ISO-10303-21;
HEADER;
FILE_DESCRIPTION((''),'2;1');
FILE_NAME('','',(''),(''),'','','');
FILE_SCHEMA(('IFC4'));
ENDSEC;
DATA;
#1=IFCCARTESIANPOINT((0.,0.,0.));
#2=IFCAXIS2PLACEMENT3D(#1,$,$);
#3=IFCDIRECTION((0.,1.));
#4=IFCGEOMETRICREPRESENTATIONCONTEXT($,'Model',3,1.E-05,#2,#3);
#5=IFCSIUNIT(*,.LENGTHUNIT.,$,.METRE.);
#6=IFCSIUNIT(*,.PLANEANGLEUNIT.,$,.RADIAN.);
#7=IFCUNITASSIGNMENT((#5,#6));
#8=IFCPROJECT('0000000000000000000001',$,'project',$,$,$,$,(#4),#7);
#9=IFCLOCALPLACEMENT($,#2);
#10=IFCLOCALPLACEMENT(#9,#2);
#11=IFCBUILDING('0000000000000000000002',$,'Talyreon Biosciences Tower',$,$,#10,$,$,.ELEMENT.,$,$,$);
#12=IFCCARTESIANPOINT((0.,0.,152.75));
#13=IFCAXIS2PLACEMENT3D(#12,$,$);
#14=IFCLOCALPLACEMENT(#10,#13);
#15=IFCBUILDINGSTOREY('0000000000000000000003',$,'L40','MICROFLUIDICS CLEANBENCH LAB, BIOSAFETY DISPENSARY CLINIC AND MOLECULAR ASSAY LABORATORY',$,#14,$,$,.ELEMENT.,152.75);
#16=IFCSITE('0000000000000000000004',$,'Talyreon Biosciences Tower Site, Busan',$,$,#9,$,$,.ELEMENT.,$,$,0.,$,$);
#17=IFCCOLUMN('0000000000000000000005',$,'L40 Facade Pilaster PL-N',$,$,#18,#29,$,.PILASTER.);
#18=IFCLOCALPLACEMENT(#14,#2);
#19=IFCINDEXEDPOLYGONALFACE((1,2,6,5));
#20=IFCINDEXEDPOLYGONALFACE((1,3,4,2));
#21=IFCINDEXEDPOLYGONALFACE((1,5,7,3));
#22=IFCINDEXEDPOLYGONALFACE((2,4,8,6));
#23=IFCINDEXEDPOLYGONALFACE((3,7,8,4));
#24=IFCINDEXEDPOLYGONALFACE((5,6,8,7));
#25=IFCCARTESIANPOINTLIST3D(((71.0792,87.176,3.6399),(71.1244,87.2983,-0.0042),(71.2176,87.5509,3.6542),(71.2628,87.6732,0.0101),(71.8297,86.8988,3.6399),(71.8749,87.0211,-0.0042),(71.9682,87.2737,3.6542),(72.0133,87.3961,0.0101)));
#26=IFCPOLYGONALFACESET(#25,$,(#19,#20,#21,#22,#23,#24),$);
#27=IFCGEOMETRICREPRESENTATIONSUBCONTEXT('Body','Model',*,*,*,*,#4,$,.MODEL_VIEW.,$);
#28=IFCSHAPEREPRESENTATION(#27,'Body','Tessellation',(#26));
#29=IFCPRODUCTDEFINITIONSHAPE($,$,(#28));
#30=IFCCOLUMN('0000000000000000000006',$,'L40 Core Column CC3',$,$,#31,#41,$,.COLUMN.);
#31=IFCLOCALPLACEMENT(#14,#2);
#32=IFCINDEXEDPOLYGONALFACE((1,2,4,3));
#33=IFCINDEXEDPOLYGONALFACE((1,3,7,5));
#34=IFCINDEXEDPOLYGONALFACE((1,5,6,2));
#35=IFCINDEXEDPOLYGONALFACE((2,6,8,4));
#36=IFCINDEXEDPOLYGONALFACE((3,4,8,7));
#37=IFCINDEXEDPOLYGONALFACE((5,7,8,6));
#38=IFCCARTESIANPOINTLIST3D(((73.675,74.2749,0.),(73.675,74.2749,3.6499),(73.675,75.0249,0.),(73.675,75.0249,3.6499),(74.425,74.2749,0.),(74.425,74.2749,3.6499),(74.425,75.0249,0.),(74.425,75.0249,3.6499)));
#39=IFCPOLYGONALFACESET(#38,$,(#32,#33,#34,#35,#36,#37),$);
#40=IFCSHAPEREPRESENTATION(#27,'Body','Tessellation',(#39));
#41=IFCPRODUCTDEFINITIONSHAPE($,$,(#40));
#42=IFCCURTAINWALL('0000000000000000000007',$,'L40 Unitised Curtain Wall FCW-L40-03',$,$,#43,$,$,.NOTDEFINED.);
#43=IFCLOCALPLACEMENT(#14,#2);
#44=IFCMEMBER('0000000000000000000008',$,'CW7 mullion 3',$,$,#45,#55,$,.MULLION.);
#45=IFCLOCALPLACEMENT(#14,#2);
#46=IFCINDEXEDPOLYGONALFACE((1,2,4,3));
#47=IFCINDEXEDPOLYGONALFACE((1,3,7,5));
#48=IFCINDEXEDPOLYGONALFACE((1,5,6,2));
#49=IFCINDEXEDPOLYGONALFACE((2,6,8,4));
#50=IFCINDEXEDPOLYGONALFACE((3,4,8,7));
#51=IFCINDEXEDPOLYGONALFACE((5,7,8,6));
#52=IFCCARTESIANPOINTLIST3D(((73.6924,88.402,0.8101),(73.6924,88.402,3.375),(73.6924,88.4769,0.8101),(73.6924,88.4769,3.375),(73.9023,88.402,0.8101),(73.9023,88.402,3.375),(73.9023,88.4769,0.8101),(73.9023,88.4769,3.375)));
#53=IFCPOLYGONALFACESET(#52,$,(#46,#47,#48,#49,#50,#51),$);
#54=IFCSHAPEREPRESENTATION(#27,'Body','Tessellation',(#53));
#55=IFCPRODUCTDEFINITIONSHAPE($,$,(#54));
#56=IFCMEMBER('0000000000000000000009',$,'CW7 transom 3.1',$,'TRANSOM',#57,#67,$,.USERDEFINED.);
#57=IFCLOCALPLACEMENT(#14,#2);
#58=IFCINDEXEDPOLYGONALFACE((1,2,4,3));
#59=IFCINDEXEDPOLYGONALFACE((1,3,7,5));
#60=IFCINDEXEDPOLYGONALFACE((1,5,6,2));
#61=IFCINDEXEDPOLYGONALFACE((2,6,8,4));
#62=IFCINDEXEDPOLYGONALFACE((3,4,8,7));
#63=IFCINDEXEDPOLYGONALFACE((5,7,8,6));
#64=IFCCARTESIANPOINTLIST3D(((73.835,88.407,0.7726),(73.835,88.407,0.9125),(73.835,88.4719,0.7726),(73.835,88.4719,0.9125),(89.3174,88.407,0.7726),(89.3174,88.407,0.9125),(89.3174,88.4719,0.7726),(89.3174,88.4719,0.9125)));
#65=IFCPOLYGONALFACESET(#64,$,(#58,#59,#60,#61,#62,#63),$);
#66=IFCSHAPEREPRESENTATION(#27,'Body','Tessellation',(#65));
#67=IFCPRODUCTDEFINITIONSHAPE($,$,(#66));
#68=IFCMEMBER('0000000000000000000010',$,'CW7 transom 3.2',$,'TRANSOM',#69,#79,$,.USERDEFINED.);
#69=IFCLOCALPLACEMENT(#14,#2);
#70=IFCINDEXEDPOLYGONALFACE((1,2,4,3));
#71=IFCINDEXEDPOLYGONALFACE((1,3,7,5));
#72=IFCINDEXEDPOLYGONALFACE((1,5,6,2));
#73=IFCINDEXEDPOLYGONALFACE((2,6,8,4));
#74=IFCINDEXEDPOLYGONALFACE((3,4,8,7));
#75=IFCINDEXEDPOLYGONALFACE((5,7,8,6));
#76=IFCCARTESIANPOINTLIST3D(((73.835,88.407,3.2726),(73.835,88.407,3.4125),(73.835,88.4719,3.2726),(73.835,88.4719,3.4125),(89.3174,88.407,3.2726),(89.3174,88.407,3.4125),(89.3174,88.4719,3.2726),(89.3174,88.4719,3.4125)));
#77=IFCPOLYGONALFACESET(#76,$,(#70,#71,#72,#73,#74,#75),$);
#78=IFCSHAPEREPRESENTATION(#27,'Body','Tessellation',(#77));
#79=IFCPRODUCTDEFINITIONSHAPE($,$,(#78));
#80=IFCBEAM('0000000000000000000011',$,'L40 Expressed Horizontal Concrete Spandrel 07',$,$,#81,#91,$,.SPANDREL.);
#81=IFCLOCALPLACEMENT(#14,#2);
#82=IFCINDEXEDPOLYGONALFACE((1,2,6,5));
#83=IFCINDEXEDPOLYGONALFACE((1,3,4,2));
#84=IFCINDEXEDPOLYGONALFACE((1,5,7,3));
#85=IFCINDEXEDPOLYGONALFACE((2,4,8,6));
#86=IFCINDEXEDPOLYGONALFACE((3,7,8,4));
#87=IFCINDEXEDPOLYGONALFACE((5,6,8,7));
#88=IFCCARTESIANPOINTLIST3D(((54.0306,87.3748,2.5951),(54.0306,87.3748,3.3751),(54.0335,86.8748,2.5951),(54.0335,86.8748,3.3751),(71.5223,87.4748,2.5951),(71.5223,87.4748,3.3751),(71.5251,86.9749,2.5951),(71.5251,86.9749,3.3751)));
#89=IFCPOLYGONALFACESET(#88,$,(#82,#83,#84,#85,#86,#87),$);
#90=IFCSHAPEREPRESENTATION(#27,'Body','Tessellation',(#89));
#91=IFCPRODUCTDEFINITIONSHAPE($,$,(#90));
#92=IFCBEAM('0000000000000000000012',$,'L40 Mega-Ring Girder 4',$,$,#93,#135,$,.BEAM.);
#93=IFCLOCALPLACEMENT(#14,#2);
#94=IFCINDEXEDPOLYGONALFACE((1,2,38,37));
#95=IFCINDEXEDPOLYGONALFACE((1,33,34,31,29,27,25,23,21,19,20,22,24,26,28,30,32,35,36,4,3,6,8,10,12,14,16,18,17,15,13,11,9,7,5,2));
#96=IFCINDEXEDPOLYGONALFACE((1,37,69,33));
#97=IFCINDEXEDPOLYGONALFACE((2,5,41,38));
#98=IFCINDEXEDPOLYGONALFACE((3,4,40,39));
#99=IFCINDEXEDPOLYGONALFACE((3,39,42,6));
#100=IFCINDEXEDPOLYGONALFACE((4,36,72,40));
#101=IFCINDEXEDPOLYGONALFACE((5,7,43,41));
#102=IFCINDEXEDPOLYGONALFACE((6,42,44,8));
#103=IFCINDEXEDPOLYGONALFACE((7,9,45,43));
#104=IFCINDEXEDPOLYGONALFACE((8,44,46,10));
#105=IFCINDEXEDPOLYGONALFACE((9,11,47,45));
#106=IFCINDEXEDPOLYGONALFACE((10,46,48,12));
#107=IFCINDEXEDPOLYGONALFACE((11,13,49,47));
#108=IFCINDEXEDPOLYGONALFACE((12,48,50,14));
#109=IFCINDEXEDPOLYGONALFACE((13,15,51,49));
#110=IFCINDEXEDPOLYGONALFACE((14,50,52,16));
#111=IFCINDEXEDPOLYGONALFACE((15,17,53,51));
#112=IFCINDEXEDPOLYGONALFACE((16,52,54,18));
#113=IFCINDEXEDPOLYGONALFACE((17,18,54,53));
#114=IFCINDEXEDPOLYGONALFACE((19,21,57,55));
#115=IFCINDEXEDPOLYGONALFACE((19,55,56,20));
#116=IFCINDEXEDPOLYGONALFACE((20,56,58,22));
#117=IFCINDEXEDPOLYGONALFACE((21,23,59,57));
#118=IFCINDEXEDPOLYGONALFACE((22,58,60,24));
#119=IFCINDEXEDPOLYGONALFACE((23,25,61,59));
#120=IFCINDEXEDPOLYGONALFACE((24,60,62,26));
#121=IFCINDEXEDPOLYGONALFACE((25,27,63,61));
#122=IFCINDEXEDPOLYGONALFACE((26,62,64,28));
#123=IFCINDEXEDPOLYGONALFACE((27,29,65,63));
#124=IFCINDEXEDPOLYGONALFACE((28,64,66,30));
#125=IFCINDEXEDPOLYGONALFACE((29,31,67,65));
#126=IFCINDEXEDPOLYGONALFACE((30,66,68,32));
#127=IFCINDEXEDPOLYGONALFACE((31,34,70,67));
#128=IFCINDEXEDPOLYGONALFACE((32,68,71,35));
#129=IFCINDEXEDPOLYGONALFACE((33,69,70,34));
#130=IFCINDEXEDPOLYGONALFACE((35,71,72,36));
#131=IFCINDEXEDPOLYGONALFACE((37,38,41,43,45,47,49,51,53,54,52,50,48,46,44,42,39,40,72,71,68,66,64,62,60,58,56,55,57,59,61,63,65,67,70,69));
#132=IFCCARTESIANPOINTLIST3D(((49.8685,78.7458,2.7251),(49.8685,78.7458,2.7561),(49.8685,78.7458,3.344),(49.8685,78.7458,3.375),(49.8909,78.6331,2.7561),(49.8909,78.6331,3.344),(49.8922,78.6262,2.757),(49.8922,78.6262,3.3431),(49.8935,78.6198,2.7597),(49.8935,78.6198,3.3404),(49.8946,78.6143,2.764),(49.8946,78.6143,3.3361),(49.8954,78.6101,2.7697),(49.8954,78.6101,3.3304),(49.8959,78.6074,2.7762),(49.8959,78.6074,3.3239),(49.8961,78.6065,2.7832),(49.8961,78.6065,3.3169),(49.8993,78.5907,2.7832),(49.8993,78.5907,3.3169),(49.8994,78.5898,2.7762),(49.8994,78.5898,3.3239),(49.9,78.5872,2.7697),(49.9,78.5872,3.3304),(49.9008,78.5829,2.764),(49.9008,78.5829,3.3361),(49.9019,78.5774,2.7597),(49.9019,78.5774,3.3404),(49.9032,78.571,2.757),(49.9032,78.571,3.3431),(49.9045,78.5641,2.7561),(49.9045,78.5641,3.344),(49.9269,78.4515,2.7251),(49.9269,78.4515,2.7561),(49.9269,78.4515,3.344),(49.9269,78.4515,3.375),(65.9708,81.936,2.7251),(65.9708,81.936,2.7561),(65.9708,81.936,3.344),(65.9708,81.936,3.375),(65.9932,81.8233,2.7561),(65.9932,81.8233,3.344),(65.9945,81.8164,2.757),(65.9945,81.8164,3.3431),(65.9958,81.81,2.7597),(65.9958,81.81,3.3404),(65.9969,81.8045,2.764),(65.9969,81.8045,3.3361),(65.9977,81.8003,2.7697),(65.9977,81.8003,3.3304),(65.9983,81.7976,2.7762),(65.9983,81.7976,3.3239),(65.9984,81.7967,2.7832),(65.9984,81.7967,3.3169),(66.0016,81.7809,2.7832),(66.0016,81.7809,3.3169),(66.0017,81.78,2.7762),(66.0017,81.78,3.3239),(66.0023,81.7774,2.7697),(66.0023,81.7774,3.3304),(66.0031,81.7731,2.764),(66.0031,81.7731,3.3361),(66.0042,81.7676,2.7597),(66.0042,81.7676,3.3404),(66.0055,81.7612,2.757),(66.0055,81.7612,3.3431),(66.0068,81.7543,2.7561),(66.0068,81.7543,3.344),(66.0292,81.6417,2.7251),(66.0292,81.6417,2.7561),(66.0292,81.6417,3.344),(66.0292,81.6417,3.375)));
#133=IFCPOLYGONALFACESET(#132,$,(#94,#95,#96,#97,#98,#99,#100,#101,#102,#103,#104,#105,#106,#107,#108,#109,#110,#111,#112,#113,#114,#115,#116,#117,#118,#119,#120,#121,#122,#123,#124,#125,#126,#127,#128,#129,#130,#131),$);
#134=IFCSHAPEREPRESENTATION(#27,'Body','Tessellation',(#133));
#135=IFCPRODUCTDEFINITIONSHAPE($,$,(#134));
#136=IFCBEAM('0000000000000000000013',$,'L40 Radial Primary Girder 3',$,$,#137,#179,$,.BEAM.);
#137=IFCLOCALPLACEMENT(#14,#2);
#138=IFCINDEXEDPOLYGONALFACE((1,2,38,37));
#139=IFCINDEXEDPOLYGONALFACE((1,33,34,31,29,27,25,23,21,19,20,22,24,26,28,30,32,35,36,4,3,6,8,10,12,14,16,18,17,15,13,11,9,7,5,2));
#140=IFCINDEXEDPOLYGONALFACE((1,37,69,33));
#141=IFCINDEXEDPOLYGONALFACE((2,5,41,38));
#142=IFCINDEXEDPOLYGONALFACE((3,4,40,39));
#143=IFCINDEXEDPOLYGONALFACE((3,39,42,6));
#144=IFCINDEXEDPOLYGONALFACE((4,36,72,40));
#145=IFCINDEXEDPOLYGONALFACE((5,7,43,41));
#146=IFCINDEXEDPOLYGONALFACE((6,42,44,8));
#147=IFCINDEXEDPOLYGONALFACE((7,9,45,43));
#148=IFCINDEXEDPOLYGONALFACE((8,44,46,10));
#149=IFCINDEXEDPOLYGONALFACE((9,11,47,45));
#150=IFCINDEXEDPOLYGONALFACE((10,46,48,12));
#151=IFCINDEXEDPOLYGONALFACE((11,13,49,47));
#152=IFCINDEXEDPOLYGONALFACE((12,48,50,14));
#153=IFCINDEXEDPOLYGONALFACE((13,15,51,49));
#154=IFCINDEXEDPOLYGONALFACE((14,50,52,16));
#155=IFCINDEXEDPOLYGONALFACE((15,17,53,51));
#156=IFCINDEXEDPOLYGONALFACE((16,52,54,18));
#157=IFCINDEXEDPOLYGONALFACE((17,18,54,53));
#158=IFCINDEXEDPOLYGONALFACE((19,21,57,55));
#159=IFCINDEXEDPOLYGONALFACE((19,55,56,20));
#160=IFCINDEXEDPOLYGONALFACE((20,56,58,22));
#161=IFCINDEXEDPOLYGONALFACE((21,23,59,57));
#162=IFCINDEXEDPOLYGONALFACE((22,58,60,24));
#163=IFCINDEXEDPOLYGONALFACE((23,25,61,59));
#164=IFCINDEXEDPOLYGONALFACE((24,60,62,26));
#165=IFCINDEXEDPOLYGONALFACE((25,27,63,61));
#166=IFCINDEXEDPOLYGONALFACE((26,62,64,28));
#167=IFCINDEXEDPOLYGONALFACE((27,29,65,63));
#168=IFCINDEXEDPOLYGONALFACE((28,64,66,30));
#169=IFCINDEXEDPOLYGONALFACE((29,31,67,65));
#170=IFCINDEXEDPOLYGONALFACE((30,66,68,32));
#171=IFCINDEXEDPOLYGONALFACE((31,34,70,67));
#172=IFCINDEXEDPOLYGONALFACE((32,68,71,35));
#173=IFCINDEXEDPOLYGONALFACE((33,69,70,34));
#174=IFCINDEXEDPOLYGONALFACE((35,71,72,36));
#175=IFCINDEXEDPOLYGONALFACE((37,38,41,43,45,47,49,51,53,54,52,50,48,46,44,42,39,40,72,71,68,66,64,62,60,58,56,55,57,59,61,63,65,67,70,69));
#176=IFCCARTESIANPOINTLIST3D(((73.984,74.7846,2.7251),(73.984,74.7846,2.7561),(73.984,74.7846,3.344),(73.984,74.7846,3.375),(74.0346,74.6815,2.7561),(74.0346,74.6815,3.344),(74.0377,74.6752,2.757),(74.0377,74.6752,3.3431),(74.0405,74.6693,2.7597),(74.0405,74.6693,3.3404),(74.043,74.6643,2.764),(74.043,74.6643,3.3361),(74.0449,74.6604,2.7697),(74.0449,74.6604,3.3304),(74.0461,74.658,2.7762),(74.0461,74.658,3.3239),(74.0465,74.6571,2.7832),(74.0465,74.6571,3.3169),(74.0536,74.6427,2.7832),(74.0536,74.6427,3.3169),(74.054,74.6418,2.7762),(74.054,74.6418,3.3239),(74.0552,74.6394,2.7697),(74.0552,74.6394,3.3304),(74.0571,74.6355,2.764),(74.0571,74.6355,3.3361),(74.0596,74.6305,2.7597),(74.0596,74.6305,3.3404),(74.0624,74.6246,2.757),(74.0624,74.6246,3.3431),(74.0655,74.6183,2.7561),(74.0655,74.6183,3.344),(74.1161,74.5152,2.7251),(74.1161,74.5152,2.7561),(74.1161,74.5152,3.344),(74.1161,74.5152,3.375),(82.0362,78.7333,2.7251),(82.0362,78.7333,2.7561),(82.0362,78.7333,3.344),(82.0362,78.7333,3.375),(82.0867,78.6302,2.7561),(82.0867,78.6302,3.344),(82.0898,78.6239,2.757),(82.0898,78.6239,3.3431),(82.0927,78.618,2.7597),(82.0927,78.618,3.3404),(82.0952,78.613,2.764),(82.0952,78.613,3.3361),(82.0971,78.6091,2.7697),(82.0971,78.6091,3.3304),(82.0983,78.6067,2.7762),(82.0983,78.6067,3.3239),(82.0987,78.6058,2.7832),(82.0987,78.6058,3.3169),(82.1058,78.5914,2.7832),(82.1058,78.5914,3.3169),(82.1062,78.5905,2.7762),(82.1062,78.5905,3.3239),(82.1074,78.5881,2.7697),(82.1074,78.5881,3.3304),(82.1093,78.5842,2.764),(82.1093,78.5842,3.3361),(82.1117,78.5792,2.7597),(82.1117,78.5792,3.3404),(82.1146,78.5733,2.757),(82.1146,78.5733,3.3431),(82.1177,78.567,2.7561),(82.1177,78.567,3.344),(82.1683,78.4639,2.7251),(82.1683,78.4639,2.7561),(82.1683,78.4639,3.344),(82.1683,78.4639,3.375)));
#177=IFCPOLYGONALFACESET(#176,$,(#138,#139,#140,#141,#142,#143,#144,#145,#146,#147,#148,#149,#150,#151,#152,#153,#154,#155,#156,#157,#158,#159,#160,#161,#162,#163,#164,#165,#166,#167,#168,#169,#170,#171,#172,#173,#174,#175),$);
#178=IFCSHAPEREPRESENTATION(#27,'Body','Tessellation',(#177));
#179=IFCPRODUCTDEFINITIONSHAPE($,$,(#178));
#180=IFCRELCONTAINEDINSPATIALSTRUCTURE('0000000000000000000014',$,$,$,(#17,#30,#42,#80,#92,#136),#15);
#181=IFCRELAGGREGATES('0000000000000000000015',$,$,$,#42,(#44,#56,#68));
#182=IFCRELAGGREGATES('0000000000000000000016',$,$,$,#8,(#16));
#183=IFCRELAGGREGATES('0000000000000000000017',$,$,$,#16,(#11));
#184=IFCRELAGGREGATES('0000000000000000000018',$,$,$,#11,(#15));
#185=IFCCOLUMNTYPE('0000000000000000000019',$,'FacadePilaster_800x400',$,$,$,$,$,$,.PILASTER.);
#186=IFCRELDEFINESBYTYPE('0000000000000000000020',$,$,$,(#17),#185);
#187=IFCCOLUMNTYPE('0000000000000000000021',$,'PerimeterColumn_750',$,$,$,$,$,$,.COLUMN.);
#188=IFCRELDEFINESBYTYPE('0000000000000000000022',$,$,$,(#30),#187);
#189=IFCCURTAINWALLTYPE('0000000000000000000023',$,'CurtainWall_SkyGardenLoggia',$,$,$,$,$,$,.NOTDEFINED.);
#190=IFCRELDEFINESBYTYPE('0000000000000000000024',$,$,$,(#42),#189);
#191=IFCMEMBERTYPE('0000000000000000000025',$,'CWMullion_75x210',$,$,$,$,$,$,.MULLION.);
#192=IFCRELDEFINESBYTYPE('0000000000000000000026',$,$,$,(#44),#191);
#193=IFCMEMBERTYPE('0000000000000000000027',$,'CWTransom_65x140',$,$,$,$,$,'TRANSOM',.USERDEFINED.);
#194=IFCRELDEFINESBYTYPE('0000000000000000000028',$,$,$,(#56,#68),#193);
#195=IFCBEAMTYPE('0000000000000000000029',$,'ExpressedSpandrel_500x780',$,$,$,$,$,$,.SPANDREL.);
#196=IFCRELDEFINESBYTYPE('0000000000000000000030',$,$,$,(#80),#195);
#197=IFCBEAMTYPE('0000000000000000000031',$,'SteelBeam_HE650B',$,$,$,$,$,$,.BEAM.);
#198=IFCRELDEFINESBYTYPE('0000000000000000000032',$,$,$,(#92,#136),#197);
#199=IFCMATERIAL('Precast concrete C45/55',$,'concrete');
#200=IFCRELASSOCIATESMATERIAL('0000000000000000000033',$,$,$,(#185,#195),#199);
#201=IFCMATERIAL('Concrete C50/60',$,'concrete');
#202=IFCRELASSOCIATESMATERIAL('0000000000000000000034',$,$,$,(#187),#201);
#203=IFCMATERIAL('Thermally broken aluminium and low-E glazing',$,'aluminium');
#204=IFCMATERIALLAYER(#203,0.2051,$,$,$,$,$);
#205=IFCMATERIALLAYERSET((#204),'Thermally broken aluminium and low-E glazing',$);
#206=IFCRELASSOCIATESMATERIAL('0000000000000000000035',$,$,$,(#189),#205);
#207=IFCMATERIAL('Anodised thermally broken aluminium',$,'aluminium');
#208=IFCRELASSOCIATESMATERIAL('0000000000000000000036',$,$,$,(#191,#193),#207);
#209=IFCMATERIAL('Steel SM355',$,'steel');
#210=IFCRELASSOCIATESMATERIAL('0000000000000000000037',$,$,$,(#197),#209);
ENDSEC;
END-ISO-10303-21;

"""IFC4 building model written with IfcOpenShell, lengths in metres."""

from ifc_helpers import new_model, si_unit, direction, frame, origin, origin_2d, place, context, subcontext, project, spatial, rectangle, i_section, extrude, material, layer, layer_set, material_profile, profile_set, type_object, element, aggregate, save


model = new_model("IFC4")

# Units and contexts
model_context = context("Model", 3, precision=1e-05, world=origin(), true_north=direction((0.0, 1.0)))
body_context = subcontext(model_context, "Body", "Model", "MODEL_VIEW")
ifc_project = project(units=[si_unit("LENGTHUNIT", "METRE"), si_unit("PLANEANGLEUNIT", "RADIAN")], contexts=[model_context])

# Site, building, storey
site_placement = place(None, origin())
site = spatial("IfcSite", under=ifc_project, at=site_placement, Name="Talyreon Biosciences Tower Site, Busan", CompositionType="ELEMENT", RefElevation=0.0)
building_placement = place(site_placement, origin())
building = spatial("IfcBuilding", under=site, at=building_placement, Name="Talyreon Biosciences Tower", CompositionType="ELEMENT")
storey_placement = place(building_placement, frame((0.0, 0.0, 152.75)))
storey = spatial("IfcBuildingStorey", under=building, at=storey_placement, Name="L40", Description="MICROFLUIDICS CLEANBENCH LAB, BIOSAFETY DISPENSARY CLINIC AND MOLECULAR ASSAY LABORATORY", CompositionType="ELEMENT", Elevation=152.75)

# Columns
ifc_material_1 = material(Name="Precast concrete C45/55", Category="concrete")
ifc_material_profile_1 = material_profile(ifc_material_1, rectangle(XDim=0.8, YDim=0.3999, at=origin_2d()), Name="RC 800x400")
ifc_profile_set_1 = profile_set([ifc_material_profile_1], Name="Precast concrete C45/55")
column_type_1 = type_object("IfcColumnType", Name="FacadePilaster_800x400", PredefinedType="PILASTER", material=ifc_profile_set_1)
column_1_placement = place(storey_placement, frame((71.5688, 87.3472, 0.0029), z_axis=(-0.012387, -0.033544, 0.99936), x_axis=(-0.938087, 0.346399, 0.0)))
element("IfcColumn", 1, at=column_1_placement, inside=storey, type_object=column_type_1, Name="L40 Facade Pilaster PL-N", PredefinedType="PILASTER", context=body_context, shape_type="SweptSolid", body=[
    extrude(rectangle(XDim=0.8, YDim=0.3999, at=origin_2d()), origin(), (0.0, 0.0, 1.0), 3.6465),
])
ifc_material_2 = material(Name="Concrete C50/60", Category="concrete")
ifc_material_profile_2 = material_profile(ifc_material_2, rectangle(XDim=0.75, YDim=0.75, at=origin_2d()), Name="RC 750x750")
ifc_profile_set_2 = profile_set([ifc_material_profile_2], Name="Concrete C50/60")
column_type_2 = type_object("IfcColumnType", Name="PerimeterColumn_750", PredefinedType="COLUMN", material=ifc_profile_set_2)
column_2_placement = place(storey_placement, frame((74.05, 74.6499, 0.0), z_axis=(0.0, 0.0, 1.0), x_axis=(1.0, 0.0, 0.0)))
element("IfcColumn", 2, at=column_2_placement, inside=storey, type_object=column_type_2, Name="L40 Core Column CC3", PredefinedType="COLUMN", context=body_context, shape_type="SweptSolid", body=[
    extrude(rectangle(XDim=0.75, YDim=0.75, at=origin_2d()), origin(), (0.0, 0.0, 1.0), 3.6499),
])

# Curtain wall, members
ifc_material_3 = material(Name="Thermally broken aluminium and low-E glazing", Category="aluminium")
ifc_layer_1 = layer(ifc_material_3, 0.2051)
ifc_layer_set_1 = layer_set([ifc_layer_1], Name="Thermally broken aluminium and low-E glazing")
curtain_wall_type = type_object("IfcCurtainWallType", Name="CurtainWall_SkyGardenLoggia", PredefinedType="NOTDEFINED", material=ifc_layer_set_1)
curtain_wall_placement = place(storey_placement, origin())
curtain_wall = element("IfcCurtainWall", 3, at=curtain_wall_placement, inside=storey, type_object=curtain_wall_type, Name="L40 Unitised Curtain Wall FCW-L40-03", PredefinedType="NOTDEFINED")
ifc_material_4 = material(Name="Anodised thermally broken aluminium", Category="aluminium")
ifc_material_profile_3 = material_profile(ifc_material_4, rectangle(XDim=0.075, YDim=0.21, at=origin_2d()), Name="ALUM MULLION 75x210")
ifc_profile_set_3 = profile_set([ifc_material_profile_3], Name="Anodised thermally broken aluminium")
member_type_1 = type_object("IfcMemberType", Name="CWMullion_75x210", PredefinedType="MULLION", material=ifc_profile_set_3)
member_1_placement = place(storey_placement, frame((73.7974, 88.4395, 0.8101), z_axis=(0.0, 0.0, 1.0), x_axis=(0.0, 1.0, 0.0)))
member_1 = element("IfcMember", 4, at=member_1_placement, type_object=member_type_1, Name="CW7 mullion 3", PredefinedType="MULLION", context=body_context, shape_type="SweptSolid", body=[
    extrude(rectangle(XDim=0.075, YDim=0.21, at=origin_2d()), origin(), (0.0, 0.0, 1.0), 2.5649),
])
ifc_material_profile_4 = material_profile(ifc_material_4, rectangle(XDim=0.0649, YDim=0.1399, at=origin_2d()), Name="ALUM TRANSOM 65x140")
ifc_profile_set_4 = profile_set([ifc_material_profile_4], Name="Anodised thermally broken aluminium")
member_type_2 = type_object("IfcMemberType", Name="CWTransom_65x140", ElementType="TRANSOM", PredefinedType="USERDEFINED", material=ifc_profile_set_4)
member_2_placement = place(storey_placement, frame((73.835, 88.4395, 0.8425), z_axis=(1.0, 0.0, 0.0), x_axis=(0.0, 1.0, 0.0)))
member_2 = element("IfcMember", 5, at=member_2_placement, type_object=member_type_2, Name="CW7 transom 3.1", ObjectType="TRANSOM", PredefinedType="USERDEFINED", context=body_context, shape_type="SweptSolid", body=[
    extrude(rectangle(XDim=0.0649, YDim=0.1399, at=origin_2d()), origin(), (0.0, 0.0, 1.0), 15.4824),
])
member_3_placement = place(storey_placement, frame((73.835, 88.4395, 3.3425), z_axis=(1.0, 0.0, 0.0), x_axis=(0.0, 1.0, 0.0)))
member_3 = element("IfcMember", 6, at=member_3_placement, type_object=member_type_2, Name="CW7 transom 3.2", ObjectType="TRANSOM", PredefinedType="USERDEFINED", context=body_context, shape_type="SweptSolid", body=[
    extrude(rectangle(XDim=0.0649, YDim=0.1399, at=origin_2d()), origin(), (0.0, 0.0, 1.0), 15.4824),
])

# Beams
ifc_material_profile_5 = material_profile(ifc_material_1, rectangle(XDim=0.5, YDim=0.78, at=origin_2d()), Name="RCB 500x780")
ifc_profile_set_5 = profile_set([ifc_material_profile_5], Name="Precast concrete C45/55")
beam_type_1 = type_object("IfcBeamType", Name="ExpressedSpandrel_500x780", PredefinedType="SPANDREL", material=ifc_profile_set_5)
beam_1_placement = place(storey_placement, frame((71.5237, 87.2249, 2.9851), z_axis=(-0.999984, -0.005722, 0.0), x_axis=(0.005722, -0.999984, 0.0)))
element("IfcBeam", 7, at=beam_1_placement, inside=storey, type_object=beam_type_1, Name="L40 Expressed Horizontal Concrete Spandrel 07", PredefinedType="SPANDREL", context=body_context, shape_type="SweptSolid", body=[
    extrude(rectangle(XDim=0.5, YDim=0.78, at=origin_2d()), origin(), (0.0, 0.0, 1.0), 17.4919),
])
ifc_material_5 = material(Name="Steel SM355", Category="steel")
ifc_material_profile_6 = material_profile(ifc_material_5, i_section(OverallWidth=0.3, OverallDepth=0.6499, WebThickness=0.0161, FlangeThickness=0.031, FilletRadius=0.0271, at=origin_2d()), Name="HE650B")
ifc_profile_set_6 = profile_set([ifc_material_profile_6], Name="Steel SM355")
beam_type_2 = type_object("IfcBeamType", Name="SteelBeam_HE650B", PredefinedType="BEAM", material=ifc_profile_set_6)
beam_2_placement = place(storey_placement, frame((66.0, 81.7888, 3.05), z_axis=(-0.980934, -0.194343, 0.0), x_axis=(0.194343, -0.980934, 0.0)))
element("IfcBeam", 8, at=beam_2_placement, inside=storey, type_object=beam_type_2, Name="L40 Mega-Ring Girder 4", PredefinedType="BEAM", context=body_context, shape_type="SweptSolid", body=[
    extrude(i_section(OverallWidth=0.3, OverallDepth=0.6499, WebThickness=0.0161, FlangeThickness=0.031, FilletRadius=0.0271, at=origin_2d()), origin(), (0.0, 0.0, 1.0), 16.4153),
])
beam_3_placement = place(storey_placement, frame((74.05, 74.6499, 3.05), z_axis=(0.897852, 0.440297, 0.0), x_axis=(-0.440297, 0.897852, 0.0)))
element("IfcBeam", 9, at=beam_3_placement, inside=storey, type_object=beam_type_2, Name="L40 Radial Primary Girder 3", PredefinedType="BEAM", context=body_context, shape_type="SweptSolid", body=[
    extrude(i_section(OverallWidth=0.3, OverallDepth=0.6499, WebThickness=0.0161, FlangeThickness=0.031, FilletRadius=0.0271, at=origin_2d()), origin(), (0.0, 0.0, 1.0), 8.9683),
])

aggregate(curtain_wall, [member_1, member_2, member_3])

save(model, "model.ifc")
